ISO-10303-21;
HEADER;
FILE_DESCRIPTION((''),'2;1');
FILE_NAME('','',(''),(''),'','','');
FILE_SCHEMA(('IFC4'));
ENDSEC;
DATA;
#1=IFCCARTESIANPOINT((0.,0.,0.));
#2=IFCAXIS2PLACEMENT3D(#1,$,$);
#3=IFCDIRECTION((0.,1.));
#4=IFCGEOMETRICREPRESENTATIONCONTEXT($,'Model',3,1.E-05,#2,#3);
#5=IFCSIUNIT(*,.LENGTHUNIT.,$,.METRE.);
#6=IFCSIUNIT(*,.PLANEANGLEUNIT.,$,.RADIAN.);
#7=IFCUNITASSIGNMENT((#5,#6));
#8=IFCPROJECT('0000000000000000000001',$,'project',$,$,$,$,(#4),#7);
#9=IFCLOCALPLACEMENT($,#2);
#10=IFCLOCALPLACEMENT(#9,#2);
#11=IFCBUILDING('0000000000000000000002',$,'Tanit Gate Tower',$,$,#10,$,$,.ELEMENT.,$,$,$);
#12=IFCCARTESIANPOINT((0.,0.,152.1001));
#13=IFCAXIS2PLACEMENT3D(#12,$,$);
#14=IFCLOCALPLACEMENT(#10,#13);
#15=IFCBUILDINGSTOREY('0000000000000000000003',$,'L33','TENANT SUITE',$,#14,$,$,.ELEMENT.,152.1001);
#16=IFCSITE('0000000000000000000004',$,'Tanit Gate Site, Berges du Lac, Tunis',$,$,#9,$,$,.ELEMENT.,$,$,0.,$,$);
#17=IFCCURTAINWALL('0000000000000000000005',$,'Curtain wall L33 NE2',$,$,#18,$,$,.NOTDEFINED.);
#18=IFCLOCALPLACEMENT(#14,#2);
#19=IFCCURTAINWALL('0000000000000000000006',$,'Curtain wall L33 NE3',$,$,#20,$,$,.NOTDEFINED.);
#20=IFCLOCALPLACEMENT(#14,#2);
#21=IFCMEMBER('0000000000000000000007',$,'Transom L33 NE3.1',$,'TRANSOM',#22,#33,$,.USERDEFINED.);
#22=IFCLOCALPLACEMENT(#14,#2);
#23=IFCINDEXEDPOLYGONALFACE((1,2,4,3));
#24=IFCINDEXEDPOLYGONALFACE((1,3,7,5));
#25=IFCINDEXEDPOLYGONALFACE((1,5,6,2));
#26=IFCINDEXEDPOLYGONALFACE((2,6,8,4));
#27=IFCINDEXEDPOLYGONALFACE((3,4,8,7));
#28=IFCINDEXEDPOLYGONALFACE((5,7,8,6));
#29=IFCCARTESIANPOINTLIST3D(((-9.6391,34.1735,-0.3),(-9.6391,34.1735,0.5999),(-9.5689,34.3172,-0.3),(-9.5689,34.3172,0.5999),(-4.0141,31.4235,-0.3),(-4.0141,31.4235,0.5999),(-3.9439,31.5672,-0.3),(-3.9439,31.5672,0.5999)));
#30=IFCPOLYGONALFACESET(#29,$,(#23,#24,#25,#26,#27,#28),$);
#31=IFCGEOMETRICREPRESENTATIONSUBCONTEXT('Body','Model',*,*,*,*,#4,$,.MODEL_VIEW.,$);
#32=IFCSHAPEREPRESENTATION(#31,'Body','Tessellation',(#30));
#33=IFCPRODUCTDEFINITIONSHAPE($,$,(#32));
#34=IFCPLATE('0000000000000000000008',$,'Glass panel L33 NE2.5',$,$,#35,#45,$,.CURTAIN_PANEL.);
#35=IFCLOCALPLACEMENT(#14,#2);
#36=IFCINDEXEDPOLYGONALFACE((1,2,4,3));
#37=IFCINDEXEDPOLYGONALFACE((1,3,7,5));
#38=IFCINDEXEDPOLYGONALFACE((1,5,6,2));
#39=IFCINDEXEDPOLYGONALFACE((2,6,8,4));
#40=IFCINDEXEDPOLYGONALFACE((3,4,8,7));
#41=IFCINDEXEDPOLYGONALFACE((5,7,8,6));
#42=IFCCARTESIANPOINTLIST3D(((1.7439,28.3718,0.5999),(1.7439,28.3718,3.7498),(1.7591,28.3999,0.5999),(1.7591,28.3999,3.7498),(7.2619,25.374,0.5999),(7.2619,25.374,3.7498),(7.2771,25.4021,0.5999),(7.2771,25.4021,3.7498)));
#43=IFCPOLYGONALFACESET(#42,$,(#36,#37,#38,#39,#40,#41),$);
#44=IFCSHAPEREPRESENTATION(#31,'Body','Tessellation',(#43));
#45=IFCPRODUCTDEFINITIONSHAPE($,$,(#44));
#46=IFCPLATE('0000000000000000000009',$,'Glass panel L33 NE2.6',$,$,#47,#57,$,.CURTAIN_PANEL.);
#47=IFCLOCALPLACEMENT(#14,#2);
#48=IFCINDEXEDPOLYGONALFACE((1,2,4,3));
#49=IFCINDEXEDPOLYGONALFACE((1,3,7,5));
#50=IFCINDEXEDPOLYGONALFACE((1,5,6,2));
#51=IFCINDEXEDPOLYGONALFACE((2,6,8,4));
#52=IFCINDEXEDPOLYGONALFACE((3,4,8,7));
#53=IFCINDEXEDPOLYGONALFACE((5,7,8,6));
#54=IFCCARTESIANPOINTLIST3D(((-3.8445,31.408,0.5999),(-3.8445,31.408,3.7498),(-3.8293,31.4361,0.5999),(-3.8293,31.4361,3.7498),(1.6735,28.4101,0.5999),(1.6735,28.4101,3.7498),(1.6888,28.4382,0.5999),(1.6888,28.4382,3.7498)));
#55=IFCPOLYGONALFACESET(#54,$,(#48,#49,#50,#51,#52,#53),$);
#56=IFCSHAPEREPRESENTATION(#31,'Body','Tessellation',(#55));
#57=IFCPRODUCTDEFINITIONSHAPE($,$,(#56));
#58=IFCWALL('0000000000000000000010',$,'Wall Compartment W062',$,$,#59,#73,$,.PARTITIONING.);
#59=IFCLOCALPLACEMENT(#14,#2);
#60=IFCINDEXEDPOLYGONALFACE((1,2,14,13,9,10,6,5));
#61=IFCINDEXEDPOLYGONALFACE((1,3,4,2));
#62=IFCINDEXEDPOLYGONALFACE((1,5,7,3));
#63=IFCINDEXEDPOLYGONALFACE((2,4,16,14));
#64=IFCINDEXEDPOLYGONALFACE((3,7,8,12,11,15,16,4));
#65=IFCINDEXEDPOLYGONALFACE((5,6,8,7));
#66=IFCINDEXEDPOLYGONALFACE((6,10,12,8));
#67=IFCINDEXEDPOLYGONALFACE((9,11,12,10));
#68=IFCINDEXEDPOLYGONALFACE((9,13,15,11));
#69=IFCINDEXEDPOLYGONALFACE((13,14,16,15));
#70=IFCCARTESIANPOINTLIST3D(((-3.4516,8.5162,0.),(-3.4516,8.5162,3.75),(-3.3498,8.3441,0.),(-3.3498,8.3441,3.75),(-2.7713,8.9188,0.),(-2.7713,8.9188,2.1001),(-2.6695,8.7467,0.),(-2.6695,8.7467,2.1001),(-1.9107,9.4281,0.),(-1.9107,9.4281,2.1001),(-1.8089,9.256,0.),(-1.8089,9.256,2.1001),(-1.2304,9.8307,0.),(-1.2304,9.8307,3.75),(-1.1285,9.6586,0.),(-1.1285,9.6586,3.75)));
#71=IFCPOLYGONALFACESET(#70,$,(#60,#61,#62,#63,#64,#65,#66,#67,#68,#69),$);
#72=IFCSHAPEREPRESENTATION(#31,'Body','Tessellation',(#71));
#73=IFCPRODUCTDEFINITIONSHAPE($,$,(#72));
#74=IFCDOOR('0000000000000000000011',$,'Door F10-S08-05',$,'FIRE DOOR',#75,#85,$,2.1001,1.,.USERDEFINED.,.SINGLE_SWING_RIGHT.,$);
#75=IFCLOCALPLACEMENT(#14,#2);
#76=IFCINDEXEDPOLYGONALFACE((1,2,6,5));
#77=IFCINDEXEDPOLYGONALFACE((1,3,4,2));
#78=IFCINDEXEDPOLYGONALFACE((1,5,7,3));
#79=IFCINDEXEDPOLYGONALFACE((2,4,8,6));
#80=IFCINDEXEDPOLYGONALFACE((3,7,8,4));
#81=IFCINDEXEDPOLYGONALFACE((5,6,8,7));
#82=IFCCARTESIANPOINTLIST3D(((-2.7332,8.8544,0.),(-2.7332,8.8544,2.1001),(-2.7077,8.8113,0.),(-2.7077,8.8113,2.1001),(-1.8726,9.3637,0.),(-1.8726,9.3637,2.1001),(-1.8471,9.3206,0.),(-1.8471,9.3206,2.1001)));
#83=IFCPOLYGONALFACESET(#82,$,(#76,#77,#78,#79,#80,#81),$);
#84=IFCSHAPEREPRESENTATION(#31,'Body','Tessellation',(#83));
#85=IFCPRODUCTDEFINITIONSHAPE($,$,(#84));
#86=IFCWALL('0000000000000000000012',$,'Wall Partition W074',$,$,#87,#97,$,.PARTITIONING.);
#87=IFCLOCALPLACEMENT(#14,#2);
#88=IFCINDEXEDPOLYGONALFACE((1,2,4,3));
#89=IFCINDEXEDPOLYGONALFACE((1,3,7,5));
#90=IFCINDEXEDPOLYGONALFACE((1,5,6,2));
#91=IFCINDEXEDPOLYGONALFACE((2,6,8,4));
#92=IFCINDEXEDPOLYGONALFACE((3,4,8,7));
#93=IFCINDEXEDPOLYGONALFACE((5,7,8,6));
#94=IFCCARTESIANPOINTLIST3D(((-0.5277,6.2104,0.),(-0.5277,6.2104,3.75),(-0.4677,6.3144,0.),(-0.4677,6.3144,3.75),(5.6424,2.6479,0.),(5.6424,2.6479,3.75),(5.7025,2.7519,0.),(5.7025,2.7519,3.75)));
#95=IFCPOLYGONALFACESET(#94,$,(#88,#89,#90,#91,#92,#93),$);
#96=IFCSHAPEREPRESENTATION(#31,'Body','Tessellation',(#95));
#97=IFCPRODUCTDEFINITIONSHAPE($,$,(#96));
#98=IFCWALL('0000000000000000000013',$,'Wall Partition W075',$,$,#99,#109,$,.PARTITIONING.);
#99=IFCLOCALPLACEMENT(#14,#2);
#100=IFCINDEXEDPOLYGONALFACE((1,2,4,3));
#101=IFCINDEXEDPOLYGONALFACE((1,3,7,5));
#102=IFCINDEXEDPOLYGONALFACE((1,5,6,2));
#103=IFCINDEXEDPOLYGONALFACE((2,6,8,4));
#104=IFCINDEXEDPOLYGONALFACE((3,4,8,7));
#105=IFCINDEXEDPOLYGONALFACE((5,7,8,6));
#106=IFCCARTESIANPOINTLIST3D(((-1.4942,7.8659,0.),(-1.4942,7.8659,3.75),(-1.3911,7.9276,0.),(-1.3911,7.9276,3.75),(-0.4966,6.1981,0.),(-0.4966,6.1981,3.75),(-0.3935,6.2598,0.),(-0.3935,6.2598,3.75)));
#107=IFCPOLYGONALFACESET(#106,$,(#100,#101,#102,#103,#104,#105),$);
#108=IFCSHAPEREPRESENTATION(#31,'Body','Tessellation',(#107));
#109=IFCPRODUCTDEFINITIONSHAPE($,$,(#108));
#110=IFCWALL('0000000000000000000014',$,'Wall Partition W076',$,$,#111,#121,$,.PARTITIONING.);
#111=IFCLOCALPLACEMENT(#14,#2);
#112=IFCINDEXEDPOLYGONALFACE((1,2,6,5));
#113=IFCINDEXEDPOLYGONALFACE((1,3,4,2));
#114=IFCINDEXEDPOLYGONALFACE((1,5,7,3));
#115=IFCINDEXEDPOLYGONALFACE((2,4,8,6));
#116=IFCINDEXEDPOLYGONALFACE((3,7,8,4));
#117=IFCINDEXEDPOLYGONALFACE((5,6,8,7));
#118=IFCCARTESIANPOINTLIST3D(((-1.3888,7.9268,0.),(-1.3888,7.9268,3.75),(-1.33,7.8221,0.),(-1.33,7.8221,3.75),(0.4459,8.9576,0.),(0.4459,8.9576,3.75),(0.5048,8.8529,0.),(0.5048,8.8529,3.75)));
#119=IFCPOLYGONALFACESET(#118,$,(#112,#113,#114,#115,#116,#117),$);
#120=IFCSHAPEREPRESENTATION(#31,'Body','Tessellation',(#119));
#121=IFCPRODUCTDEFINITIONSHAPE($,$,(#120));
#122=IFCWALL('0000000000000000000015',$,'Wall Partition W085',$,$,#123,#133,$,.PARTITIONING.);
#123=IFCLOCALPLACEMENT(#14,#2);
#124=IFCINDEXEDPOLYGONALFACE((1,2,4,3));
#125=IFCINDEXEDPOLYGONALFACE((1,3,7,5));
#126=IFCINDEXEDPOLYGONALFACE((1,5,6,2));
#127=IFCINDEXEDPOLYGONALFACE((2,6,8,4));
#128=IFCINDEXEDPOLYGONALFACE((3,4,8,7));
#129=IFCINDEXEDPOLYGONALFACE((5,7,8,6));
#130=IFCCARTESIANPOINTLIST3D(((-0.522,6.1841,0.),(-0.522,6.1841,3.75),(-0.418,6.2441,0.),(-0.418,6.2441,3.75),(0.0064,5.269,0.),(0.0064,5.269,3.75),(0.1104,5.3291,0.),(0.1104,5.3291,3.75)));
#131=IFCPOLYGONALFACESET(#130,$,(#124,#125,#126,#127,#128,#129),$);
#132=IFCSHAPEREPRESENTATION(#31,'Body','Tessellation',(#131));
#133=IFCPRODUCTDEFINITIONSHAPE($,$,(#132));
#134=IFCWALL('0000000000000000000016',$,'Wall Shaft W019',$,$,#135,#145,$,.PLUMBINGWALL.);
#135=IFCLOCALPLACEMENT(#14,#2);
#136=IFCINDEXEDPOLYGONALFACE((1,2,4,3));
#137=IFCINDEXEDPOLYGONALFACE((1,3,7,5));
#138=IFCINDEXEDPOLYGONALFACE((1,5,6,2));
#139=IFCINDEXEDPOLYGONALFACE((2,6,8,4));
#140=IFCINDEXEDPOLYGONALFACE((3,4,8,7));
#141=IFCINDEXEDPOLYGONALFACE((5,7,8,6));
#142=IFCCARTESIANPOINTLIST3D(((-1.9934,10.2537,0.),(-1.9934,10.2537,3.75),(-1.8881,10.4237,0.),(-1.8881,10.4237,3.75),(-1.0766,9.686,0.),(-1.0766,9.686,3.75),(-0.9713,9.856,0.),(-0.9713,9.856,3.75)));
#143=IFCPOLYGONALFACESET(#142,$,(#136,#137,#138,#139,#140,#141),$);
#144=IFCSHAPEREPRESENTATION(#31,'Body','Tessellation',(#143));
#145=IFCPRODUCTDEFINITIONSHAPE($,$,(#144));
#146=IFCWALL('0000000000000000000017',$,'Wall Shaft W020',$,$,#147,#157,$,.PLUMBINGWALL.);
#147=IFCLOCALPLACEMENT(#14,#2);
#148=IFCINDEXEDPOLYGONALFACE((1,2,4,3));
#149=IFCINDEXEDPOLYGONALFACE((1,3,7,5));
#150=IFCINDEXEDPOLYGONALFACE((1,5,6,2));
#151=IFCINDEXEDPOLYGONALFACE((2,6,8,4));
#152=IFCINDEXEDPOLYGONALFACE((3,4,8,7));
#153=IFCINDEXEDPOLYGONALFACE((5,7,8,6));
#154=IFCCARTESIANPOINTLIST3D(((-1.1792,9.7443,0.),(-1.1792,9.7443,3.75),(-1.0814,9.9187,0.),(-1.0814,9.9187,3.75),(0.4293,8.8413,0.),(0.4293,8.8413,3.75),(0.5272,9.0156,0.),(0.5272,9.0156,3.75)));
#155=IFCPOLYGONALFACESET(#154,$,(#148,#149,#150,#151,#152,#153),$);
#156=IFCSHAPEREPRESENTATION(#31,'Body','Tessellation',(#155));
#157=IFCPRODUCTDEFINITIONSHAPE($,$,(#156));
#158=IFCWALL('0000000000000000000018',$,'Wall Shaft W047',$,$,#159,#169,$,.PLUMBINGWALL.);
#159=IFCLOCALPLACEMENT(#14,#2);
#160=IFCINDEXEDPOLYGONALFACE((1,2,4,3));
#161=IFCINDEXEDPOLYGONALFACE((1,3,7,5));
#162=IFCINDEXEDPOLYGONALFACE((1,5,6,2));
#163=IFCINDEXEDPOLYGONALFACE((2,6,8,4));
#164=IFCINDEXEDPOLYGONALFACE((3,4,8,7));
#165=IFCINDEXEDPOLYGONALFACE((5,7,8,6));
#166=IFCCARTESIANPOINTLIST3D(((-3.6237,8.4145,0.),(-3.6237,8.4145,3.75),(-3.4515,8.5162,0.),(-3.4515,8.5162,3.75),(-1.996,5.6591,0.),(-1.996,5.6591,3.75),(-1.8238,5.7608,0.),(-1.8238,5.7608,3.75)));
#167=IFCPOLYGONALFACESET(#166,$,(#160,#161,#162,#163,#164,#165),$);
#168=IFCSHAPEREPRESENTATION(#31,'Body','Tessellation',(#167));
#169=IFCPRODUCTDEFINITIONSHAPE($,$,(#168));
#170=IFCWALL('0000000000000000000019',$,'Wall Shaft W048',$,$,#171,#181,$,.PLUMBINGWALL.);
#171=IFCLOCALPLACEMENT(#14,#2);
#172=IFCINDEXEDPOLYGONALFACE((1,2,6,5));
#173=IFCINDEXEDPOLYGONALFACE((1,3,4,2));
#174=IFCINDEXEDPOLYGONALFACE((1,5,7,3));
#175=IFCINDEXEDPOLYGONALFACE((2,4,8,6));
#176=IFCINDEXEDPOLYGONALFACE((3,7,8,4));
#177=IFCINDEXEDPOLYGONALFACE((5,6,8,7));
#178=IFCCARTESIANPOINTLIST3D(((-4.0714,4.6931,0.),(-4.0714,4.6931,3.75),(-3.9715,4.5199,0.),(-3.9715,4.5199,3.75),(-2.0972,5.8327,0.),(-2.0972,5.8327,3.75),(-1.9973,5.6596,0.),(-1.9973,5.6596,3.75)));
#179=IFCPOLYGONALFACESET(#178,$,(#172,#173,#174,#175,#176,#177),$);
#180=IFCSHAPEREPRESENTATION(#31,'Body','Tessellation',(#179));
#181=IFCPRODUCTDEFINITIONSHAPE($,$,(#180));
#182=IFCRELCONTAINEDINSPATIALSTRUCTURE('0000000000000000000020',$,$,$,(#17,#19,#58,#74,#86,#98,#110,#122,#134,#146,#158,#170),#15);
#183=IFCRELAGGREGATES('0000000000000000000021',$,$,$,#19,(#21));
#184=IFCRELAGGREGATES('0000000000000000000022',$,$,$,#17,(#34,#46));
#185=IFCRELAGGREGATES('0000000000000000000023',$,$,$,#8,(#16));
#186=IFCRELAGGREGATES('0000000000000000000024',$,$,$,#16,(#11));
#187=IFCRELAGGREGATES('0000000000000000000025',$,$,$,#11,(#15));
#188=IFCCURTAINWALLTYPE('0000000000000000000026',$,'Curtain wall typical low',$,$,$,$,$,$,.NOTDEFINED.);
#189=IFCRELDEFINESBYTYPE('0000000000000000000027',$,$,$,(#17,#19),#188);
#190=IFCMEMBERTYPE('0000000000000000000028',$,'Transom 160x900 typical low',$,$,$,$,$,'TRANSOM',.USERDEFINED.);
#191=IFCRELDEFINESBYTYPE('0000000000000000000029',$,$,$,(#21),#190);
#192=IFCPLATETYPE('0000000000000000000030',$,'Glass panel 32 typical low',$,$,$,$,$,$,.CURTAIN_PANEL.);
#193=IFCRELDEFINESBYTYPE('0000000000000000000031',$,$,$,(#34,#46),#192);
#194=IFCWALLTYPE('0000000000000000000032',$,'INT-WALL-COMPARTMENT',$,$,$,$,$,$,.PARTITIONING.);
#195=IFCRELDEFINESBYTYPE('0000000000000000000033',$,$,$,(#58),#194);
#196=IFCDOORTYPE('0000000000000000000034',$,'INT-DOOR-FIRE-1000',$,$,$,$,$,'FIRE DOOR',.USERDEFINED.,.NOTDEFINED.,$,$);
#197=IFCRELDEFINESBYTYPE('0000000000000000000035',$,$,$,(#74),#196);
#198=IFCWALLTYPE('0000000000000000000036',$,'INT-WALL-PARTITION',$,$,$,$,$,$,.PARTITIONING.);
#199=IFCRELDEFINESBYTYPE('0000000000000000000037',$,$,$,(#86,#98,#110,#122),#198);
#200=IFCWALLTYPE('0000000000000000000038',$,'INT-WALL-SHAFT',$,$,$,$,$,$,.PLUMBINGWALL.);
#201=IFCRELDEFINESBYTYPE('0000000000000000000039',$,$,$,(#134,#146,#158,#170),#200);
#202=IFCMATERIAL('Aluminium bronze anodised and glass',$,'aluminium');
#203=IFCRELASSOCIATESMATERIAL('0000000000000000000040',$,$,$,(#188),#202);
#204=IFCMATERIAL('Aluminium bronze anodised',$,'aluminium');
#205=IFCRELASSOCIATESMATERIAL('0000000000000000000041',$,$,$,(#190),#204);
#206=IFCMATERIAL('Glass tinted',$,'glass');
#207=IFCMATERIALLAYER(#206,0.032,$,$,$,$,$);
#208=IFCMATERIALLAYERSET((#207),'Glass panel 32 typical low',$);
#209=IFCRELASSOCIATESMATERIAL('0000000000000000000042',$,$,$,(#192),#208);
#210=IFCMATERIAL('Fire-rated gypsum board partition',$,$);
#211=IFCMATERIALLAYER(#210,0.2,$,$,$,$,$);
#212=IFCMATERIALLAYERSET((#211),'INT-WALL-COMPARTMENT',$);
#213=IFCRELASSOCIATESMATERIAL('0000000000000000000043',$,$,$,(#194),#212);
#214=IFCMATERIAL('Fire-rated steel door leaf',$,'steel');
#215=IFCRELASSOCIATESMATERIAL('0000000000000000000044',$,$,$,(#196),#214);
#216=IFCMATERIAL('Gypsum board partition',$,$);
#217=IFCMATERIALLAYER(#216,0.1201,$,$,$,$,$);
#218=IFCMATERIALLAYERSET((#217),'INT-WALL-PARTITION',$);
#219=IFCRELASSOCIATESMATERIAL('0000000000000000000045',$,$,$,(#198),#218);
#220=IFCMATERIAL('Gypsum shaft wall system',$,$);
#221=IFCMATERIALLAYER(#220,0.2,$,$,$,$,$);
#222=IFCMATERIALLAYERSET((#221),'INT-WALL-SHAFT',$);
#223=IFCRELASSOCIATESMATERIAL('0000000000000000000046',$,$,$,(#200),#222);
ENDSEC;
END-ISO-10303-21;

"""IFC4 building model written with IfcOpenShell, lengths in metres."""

from ifc_helpers import new_model, si_unit, direction, frame, frame_2d, origin, origin_2d, place, context, subcontext, project, spatial, rectangle, extrude, material, layer, layer_set, material_profile, profile_set, type_object, element, fill, aggregate, save


model = new_model("IFC4")

# Units and contexts
model_context = context("Model", 3, precision=1e-05, world=origin(), true_north=direction((0.0, 1.0)))
body_context = subcontext(model_context, "Body", "Model", "MODEL_VIEW")
ifc_project = project(units=[si_unit("LENGTHUNIT", "METRE"), si_unit("PLANEANGLEUNIT", "RADIAN")], contexts=[model_context])

# Site, building, storey
site_placement = place(None, origin())
site = spatial("IfcSite", under=ifc_project, at=site_placement, Name="Tanit Gate Site, Berges du Lac, Tunis", CompositionType="ELEMENT", RefElevation=0.0)
building_placement = place(site_placement, origin())
building = spatial("IfcBuilding", under=site, at=building_placement, Name="Tanit Gate Tower", CompositionType="ELEMENT")
storey_placement = place(building_placement, frame((0.0, 0.0, 152.1001)))
storey = spatial("IfcBuildingStorey", under=building, at=storey_placement, Name="L33", Description="TENANT SUITE", CompositionType="ELEMENT", Elevation=152.1001)

# Curtain wall
ifc_material_1 = material(Name="Aluminium bronze anodised and glass", Category="aluminium")
curtain_wall_type = type_object("IfcCurtainWallType", Name="Curtain wall typical low", PredefinedType="NOTDEFINED", material=ifc_material_1)
curtain_wall_1_placement = place(storey_placement, origin())
curtain_wall_1 = element("IfcCurtainWall", 1, at=curtain_wall_1_placement, inside=storey, type_object=curtain_wall_type, Name="Curtain wall L33 NE2", PredefinedType="NOTDEFINED")

# Shared definitions
ifc_material_2 = material(Name="Aluminium bronze anodised", Category="aluminium")
ifc_material_profile_1 = material_profile(ifc_material_2, rectangle(XDim=0.1599, YDim=0.8999, at=origin_2d()), Name="160x900 bronze transom")
ifc_profile_set_1 = profile_set([ifc_material_profile_1], Name="Aluminium bronze anodised")
member_type_1 = type_object("IfcMemberType", Name="Transom 160x900 typical low", ElementType="TRANSOM", PredefinedType="USERDEFINED", material=ifc_profile_set_1)

# Curtain wall, member
curtain_wall_2_placement = place(storey_placement, origin())
curtain_wall_2 = element("IfcCurtainWall", 2, at=curtain_wall_2_placement, inside=storey, type_object=curtain_wall_type, Name="Curtain wall L33 NE3", PredefinedType="NOTDEFINED")
member_1_placement = place(storey_placement, frame((-3.979, 31.4954, 0.1499), z_axis=(-0.898384, 0.43921, 0.0), x_axis=(-0.43921, -0.898384, 0.0)))
member_1 = element("IfcMember", 3, at=member_1_placement, type_object=member_type_1, Name="Transom L33 NE3.1", ObjectType="TRANSOM", PredefinedType="USERDEFINED", context=body_context, shape_type="SweptSolid", body=[
    extrude(rectangle(XDim=0.1599, YDim=0.8999, at=origin_2d()), origin(), (0.0, 0.0, 1.0), 6.2612),
])
aggregate(curtain_wall_2, [member_1])

# Plates
ifc_material_3 = material(Name="Glass tinted", Category="glass")
ifc_layer_1 = layer(ifc_material_3, 0.032)
ifc_layer_set_1 = layer_set([ifc_layer_1], Name="Glass panel 32 typical low")
plate_type = type_object("IfcPlateType", Name="Glass panel 32 typical low", PredefinedType="CURTAIN_PANEL", material=ifc_layer_set_1)
plate_1_placement = place(storey_placement, frame((4.5105, 26.887, 0.5999), z_axis=(0.0, 0.0, 1.0), x_axis=(-0.878696, 0.477381, 0.0)))
plate_1 = element("IfcPlate", 4, at=plate_1_placement, type_object=plate_type, Name="Glass panel L33 NE2.5", PredefinedType="CURTAIN_PANEL", context=body_context, shape_type="SweptSolid", body=[
    extrude(rectangle(XDim=6.2798, YDim=0.032, at=origin_2d()), origin(), (0.0, 0.0, 1.0), 3.1499),
])
plate_2_placement = place(storey_placement, frame((-1.0779, 29.9231, 0.5999), z_axis=(0.0, 0.0, 1.0), x_axis=(-0.878696, 0.477381, 0.0)))
plate_2 = element("IfcPlate", 5, at=plate_2_placement, type_object=plate_type, Name="Glass panel L33 NE2.6", PredefinedType="CURTAIN_PANEL", context=body_context, shape_type="SweptSolid", body=[
    extrude(rectangle(XDim=6.2798, YDim=0.032, at=origin_2d()), origin(), (0.0, 0.0, 1.0), 3.1499),
])
aggregate(curtain_wall_1, [plate_1, plate_2])

# Wall, opening, door
ifc_material_4 = material(Name="Fire-rated gypsum board partition")
ifc_layer_2 = layer(ifc_material_4, 0.2)
ifc_layer_set_2 = layer_set([ifc_layer_2], Name="INT-WALL-COMPARTMENT")
wall_type_1 = type_object("IfcWallType", Name="INT-WALL-COMPARTMENT", PredefinedType="PARTITIONING", material=ifc_layer_set_2)
wall_1_placement = place(storey_placement, frame((-1.1794, 9.7446, 0.0), z_axis=(0.0, 0.0, 1.0), x_axis=(-0.860599, -0.509284, 0.0)))
wall_1 = element("IfcWall", 6, at=wall_1_placement, inside=storey, type_object=wall_type_1, Name="Wall Compartment W062", PredefinedType="PARTITIONING", context=body_context, shape_type="SweptSolid", body=[
    extrude(rectangle(XDim=2.5811, YDim=0.2, at=frame_2d((1.2905, 0.0))), origin(), (0.0, 0.0, 1.0), 3.75),
])
opening_placement = place(wall_1_placement, frame((0.7905, 0.0, 0.0)))
opening = element("IfcOpeningElement", 7, at=opening_placement, cuts=wall_1, PredefinedType="OPENING", context=body_context, shape_type="SweptSolid", body=[
    extrude(rectangle(XDim=1.0, YDim=2.1001, at=frame_2d((0.5, 1.05))), frame((0.0, 0.1099, 0.0), z_axis=(0.0, -1.0, 0.0), x_axis=(1.0, 0.0, 0.0)), (0.0, 0.0, 1.0), 0.22),
])
ifc_material_5 = material(Name="Fire-rated steel door leaf", Category="steel")
door_type = type_object("IfcDoorType", Name="INT-DOOR-FIRE-1000", ElementType="FIRE DOOR", OperationType="NOTDEFINED", PredefinedType="USERDEFINED", material=ifc_material_5)
door_placement = place(opening_placement, origin())
door = element("IfcDoor", 8, at=door_placement, inside=storey, type_object=door_type, Name="Door F10-S08-05", ObjectType="FIRE DOOR", OperationType="SINGLE_SWING_RIGHT", OverallHeight=2.1001, OverallWidth=1.0, PredefinedType="USERDEFINED", context=body_context, shape_type="SweptSolid", body=[
    extrude(rectangle(XDim=1.0, YDim=2.1001, at=frame_2d((0.5, 1.05))), frame((0.0, 0.0249, 0.0), z_axis=(0.0, -1.0, 0.0), x_axis=(1.0, 0.0, 0.0)), (0.0, 0.0, 1.0), 0.05),
])
fill(opening, door)

# Walls
ifc_material_6 = material(Name="Gypsum board partition")
ifc_layer_3 = layer(ifc_material_6, 0.1201)
ifc_layer_set_3 = layer_set([ifc_layer_3], Name="INT-WALL-PARTITION")
wall_type_2 = type_object("IfcWallType", Name="INT-WALL-PARTITION", PredefinedType="PARTITIONING", material=ifc_layer_set_3)
wall_2_placement = place(storey_placement, frame((-0.4978, 6.2625, 0.0), z_axis=(0.0, 0.0, 1.0), x_axis=(0.866016, -0.500016, 0.0)))
element("IfcWall", 9, at=wall_2_placement, inside=storey, type_object=wall_type_2, Name="Wall Partition W074", PredefinedType="PARTITIONING", context=body_context, shape_type="SweptSolid", body=[
    extrude(rectangle(XDim=7.1248, YDim=0.1201, at=frame_2d((3.5625, 0.0))), origin(), (0.0, 0.0, 1.0), 3.75),
])
wall_3_placement = place(storey_placement, frame((-1.4426, 7.8967, 0.0), z_axis=(0.0, 0.0, 1.0), x_axis=(0.513331, -0.858191, 0.0)))
element("IfcWall", 10, at=wall_3_placement, inside=storey, type_object=wall_type_2, Name="Wall Partition W075", PredefinedType="PARTITIONING", context=body_context, shape_type="SweptSolid", body=[
    extrude(rectangle(XDim=1.9434, YDim=0.1201, at=frame_2d((0.9717, 0.0))), origin(), (0.0, 0.0, 1.0), 3.75),
])
wall_4_placement = place(storey_placement, frame((0.4753, 8.9053, 0.0), z_axis=(0.0, 0.0, 1.0), x_axis=(-0.871833, -0.489804, 0.0)))
element("IfcWall", 11, at=wall_4_placement, inside=storey, type_object=wall_type_2, Name="Wall Partition W076", PredefinedType="PARTITIONING", context=body_context, shape_type="SweptSolid", body=[
    extrude(rectangle(XDim=2.1045, YDim=0.1201, at=frame_2d((1.0522, 0.0))), origin(), (0.0, 0.0, 1.0), 3.75),
])
wall_5_placement = place(storey_placement, frame((-0.47, 6.2141, 0.0), z_axis=(0.0, 0.0, 1.0), x_axis=(0.500016, -0.866016, 0.0)))
element("IfcWall", 12, at=wall_5_placement, inside=storey, type_object=wall_type_2, Name="Wall Partition W085", PredefinedType="PARTITIONING", context=body_context, shape_type="SweptSolid", body=[
    extrude(rectangle(XDim=1.0566, YDim=0.1201, at=frame_2d((0.5283, 0.0))), origin(), (0.0, 0.0, 1.0), 3.75),
])
ifc_material_7 = material(Name="Gypsum shaft wall system")
ifc_layer_4 = layer(ifc_material_7, 0.2)
ifc_layer_set_4 = layer_set([ifc_layer_4], Name="INT-WALL-SHAFT")
wall_type_3 = type_object("IfcWallType", Name="INT-WALL-SHAFT", PredefinedType="PLUMBINGWALL", material=ifc_layer_set_4)
wall_6_placement = place(storey_placement, frame((-1.9407, 10.3386, 0.0), z_axis=(0.0, 0.0, 1.0), x_axis=(0.850217, -0.526433, 0.0)))
element("IfcWall", 13, at=wall_6_placement, inside=storey, type_object=wall_type_3, Name="Wall Shaft W019", PredefinedType="PLUMBINGWALL", context=body_context, shape_type="SweptSolid", body=[
    extrude(rectangle(XDim=1.0784, YDim=0.2, at=frame_2d((0.5391, 0.0))), origin(), (0.0, 0.0, 1.0), 3.75),
])
wall_7_placement = place(storey_placement, frame((0.4783, 8.9285, 0.0), z_axis=(0.0, 0.0, 1.0), x_axis=(-0.871989, 0.489526, 0.0)))
element("IfcWall", 14, at=wall_7_placement, inside=storey, type_object=wall_type_3, Name="Wall Shaft W020", PredefinedType="PLUMBINGWALL", context=body_context, shape_type="SweptSolid", body=[
    extrude(rectangle(XDim=1.8447, YDim=0.2, at=frame_2d((0.9224, 0.0))), origin(), (0.0, 0.0, 1.0), 3.75),
])
wall_8_placement = place(storey_placement, frame((-3.5376, 8.4653, 0.0), z_axis=(0.0, 0.0, 1.0), x_axis=(0.508616, -0.860993, 0.0)))
element("IfcWall", 15, at=wall_8_placement, inside=storey, type_object=wall_type_3, Name="Wall Shaft W047", PredefinedType="PLUMBINGWALL", context=body_context, shape_type="SweptSolid", body=[
    extrude(rectangle(XDim=3.2002, YDim=0.2, at=frame_2d((1.6001, 0.0))), origin(), (0.0, 0.0, 1.0), 3.75),
])
wall_9_placement = place(storey_placement, frame((-2.0474, 5.7461, 0.0), z_axis=(0.0, 0.0, 1.0), x_axis=(-0.866046, -0.499964, 0.0)))
element("IfcWall", 16, at=wall_9_placement, inside=storey, type_object=wall_type_3, Name="Wall Shaft W048", PredefinedType="PLUMBINGWALL", context=body_context, shape_type="SweptSolid", body=[
    extrude(rectangle(XDim=2.2795, YDim=0.2, at=frame_2d((1.1396, 0.0))), origin(), (0.0, 0.0, 1.0), 3.75),
])

save(model, "model.ifc")
